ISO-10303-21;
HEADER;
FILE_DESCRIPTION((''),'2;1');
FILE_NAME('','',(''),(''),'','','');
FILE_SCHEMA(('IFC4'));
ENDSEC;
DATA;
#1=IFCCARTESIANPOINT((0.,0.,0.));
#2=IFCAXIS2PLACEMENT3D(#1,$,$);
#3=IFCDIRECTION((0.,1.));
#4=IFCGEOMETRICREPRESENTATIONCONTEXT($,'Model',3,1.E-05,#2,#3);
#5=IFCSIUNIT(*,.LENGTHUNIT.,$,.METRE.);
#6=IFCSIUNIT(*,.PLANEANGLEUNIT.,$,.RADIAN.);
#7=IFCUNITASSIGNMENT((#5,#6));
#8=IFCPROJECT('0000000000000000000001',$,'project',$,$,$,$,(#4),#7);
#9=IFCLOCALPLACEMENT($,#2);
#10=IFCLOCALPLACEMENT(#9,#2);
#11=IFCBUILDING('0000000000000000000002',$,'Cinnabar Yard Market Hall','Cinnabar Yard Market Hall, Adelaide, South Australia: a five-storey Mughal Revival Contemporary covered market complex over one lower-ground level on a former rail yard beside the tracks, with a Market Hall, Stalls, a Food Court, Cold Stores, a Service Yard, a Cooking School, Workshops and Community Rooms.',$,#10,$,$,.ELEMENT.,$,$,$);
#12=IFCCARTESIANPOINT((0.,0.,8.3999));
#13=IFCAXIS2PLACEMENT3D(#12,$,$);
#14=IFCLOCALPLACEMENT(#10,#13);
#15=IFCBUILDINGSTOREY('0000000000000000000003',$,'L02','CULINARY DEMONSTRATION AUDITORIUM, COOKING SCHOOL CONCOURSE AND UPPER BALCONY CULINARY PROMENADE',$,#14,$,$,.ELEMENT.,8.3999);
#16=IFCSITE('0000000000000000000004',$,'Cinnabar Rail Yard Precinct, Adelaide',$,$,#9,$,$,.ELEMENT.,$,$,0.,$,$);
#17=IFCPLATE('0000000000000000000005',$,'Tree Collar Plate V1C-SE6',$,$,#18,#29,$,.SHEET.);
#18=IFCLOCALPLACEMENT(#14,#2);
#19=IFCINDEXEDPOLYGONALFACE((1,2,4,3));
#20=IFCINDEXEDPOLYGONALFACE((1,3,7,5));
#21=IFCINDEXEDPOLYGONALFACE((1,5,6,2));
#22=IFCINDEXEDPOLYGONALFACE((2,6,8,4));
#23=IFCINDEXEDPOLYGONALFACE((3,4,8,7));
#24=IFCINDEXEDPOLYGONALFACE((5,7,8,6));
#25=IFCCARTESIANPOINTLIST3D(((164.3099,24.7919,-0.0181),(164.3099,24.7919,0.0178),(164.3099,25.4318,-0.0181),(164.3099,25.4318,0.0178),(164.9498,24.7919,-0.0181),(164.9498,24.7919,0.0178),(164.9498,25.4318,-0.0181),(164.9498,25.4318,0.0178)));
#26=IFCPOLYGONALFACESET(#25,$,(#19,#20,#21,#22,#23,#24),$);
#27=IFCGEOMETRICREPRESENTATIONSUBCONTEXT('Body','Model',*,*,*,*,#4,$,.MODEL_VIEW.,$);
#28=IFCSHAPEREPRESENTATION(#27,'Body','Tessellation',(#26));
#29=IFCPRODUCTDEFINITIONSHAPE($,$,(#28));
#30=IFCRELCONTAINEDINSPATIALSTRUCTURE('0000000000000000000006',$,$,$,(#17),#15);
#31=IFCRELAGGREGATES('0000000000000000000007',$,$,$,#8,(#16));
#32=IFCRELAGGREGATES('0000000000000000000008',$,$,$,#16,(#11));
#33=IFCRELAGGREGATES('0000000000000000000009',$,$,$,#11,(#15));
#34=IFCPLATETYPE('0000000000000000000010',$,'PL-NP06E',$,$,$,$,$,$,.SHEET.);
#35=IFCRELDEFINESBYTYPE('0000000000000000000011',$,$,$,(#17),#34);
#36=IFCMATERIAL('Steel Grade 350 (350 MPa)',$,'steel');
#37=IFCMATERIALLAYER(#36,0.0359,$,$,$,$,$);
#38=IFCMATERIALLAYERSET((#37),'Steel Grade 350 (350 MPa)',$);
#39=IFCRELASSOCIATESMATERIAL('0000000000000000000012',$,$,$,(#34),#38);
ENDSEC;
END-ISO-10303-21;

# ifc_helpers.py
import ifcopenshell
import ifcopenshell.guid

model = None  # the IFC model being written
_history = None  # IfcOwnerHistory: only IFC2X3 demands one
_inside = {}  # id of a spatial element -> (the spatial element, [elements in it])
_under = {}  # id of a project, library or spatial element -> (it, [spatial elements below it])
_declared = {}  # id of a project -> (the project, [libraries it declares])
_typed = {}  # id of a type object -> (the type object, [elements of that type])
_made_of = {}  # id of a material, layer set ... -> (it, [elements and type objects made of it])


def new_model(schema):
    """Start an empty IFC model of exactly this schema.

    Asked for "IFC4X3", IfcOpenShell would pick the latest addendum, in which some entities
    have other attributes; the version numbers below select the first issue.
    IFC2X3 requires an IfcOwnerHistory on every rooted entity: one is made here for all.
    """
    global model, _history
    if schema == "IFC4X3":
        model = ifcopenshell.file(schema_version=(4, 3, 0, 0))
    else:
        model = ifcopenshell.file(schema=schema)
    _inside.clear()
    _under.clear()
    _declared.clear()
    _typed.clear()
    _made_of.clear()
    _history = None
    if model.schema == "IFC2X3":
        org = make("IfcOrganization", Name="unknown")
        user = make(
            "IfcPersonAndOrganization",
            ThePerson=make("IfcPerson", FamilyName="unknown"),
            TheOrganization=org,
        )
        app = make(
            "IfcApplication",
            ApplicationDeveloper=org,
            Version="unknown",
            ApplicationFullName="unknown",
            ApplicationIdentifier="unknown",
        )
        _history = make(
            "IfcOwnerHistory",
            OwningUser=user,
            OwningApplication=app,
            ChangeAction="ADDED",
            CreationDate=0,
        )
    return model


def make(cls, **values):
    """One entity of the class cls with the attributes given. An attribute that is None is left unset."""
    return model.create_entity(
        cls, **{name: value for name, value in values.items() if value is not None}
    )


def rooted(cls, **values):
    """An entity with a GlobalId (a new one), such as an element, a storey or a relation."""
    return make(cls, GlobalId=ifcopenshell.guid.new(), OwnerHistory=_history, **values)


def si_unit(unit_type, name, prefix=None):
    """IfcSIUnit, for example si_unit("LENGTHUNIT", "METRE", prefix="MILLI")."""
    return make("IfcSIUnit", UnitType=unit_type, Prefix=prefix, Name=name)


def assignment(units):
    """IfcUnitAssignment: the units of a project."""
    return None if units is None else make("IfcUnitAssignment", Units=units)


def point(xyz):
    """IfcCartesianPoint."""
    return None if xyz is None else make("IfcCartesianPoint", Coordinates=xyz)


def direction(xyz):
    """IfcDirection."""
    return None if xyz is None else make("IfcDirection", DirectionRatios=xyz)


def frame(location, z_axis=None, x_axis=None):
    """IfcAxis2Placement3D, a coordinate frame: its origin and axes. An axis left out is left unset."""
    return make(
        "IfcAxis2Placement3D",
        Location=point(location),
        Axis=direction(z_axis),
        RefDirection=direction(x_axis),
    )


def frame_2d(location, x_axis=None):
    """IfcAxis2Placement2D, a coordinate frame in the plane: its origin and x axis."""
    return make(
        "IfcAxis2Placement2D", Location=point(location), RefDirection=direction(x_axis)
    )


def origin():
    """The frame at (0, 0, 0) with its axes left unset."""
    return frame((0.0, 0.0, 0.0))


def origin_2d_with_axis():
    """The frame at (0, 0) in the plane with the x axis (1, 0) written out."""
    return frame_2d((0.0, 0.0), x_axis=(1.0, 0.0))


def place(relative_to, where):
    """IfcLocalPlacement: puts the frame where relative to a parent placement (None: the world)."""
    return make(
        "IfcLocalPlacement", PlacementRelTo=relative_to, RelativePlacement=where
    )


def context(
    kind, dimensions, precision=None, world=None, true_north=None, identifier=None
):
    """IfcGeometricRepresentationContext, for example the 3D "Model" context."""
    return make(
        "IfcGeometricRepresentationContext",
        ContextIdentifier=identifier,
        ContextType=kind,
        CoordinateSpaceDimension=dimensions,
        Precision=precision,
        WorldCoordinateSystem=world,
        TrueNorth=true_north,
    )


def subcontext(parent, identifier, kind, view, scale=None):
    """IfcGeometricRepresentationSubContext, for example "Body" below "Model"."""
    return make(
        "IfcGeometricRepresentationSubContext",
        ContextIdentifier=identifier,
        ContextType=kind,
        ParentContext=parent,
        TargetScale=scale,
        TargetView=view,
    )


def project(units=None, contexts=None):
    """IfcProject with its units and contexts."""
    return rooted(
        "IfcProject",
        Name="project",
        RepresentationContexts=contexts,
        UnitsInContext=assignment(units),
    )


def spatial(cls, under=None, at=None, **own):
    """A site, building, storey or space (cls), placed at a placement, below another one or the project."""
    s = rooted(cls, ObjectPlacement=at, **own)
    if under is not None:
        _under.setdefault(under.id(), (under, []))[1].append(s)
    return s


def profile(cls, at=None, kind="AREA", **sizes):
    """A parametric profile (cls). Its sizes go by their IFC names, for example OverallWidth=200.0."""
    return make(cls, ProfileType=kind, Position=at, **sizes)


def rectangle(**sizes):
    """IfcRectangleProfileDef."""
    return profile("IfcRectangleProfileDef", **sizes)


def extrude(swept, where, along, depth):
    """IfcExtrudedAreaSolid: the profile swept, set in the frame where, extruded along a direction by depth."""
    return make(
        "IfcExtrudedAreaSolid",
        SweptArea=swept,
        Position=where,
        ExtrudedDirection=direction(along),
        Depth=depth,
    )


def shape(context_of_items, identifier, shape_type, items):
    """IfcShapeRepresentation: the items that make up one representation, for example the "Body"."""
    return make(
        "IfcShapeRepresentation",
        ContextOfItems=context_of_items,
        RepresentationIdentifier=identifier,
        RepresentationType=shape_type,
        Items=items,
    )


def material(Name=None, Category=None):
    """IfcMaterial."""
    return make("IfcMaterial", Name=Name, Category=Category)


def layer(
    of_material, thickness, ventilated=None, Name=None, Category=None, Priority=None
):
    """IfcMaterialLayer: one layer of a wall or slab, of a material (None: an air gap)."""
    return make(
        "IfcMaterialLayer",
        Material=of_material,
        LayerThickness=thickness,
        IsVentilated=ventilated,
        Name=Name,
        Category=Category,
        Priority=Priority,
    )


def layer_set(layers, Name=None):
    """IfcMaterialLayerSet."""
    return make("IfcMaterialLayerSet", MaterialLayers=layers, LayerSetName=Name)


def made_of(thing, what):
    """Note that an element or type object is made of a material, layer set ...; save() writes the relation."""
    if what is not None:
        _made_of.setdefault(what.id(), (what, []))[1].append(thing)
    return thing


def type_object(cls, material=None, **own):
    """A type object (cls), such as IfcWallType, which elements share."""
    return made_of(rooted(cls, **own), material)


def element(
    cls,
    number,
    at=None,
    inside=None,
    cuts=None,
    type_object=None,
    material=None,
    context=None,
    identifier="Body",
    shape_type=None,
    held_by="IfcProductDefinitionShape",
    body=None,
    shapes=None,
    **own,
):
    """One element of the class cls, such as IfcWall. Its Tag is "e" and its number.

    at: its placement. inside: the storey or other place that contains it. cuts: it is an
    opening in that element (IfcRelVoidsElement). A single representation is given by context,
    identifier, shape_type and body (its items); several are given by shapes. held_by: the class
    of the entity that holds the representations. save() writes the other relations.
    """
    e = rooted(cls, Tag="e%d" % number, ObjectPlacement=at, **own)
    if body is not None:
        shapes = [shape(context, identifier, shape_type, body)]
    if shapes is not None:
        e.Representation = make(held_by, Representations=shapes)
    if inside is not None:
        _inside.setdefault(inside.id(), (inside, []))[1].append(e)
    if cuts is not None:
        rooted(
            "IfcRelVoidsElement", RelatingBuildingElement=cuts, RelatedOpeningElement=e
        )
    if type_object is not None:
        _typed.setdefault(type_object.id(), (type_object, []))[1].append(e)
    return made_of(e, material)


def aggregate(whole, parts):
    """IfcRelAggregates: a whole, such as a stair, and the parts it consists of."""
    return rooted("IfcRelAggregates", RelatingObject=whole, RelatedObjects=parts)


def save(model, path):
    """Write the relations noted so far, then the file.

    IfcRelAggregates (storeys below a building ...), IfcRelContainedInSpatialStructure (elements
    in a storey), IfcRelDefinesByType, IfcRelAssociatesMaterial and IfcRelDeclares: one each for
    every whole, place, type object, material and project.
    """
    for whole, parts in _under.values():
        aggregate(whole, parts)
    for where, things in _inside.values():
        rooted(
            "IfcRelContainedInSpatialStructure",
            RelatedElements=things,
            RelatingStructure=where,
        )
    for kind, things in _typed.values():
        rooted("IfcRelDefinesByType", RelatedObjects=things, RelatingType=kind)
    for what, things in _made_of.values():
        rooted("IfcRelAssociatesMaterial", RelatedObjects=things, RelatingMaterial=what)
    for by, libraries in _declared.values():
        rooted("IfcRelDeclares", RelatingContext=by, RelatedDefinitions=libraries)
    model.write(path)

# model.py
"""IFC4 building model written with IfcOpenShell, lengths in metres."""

from ifc_helpers import new_model, si_unit, direction, frame, origin, origin_2d_with_axis, place, context, subcontext, project, spatial, rectangle, extrude, material, layer, layer_set, type_object, element, save


model = new_model("IFC4")

# Units and contexts
model_context = context("Model", 3, precision=1e-05, world=origin(), true_north=direction((0.0, 1.0)))
body_context = subcontext(model_context, "Body", "Model", "MODEL_VIEW")
ifc_project = project(units=[si_unit("LENGTHUNIT", "METRE"), si_unit("PLANEANGLEUNIT", "RADIAN")], contexts=[model_context])

# Site, building, storey
site_placement = place(None, origin())
site = spatial("IfcSite", under=ifc_project, at=site_placement, Name="Cinnabar Rail Yard Precinct, Adelaide", CompositionType="ELEMENT", RefElevation=0.0)
building_placement = place(site_placement, origin())
building = spatial("IfcBuilding", under=site, at=building_placement, Name="Cinnabar Yard Market Hall", Description="Cinnabar Yard Market Hall, Adelaide, South Australia: a five-storey Mughal Revival Contemporary covered market complex over one lower-ground level on a former rail yard beside the tracks, with a Market Hall, Stalls, a Food Court, Cold Stores, a Service Yard, a Cooking School, Workshops and Community Rooms.", CompositionType="ELEMENT")
storey_placement = place(building_placement, frame((0.0, 0.0, 8.3999)))
storey = spatial("IfcBuildingStorey", under=building, at=storey_placement, Name="L02", Description="CULINARY DEMONSTRATION AUDITORIUM, COOKING SCHOOL CONCOURSE AND UPPER BALCONY CULINARY PROMENADE", CompositionType="ELEMENT", Elevation=8.3999)

# Plate
ifc_material_1 = material(Name="Steel Grade 350 (350 MPa)", Category="steel")
ifc_layer_1 = layer(ifc_material_1, 0.0359)
ifc_layer_set_1 = layer_set([ifc_layer_1], Name="Steel Grade 350 (350 MPa)")
plate_type_1 = type_object("IfcPlateType", Name="PL-NP06E", PredefinedType="SHEET", material=ifc_layer_set_1)
plate_1_placement = place(storey_placement, frame((164.6299, 25.1118, -0.0181), z_axis=(0.0, 0.0, 1.0), x_axis=(1.0, 0.0, 0.0)))
element("IfcPlate", 1, at=plate_1_placement, inside=storey, type_object=plate_type_1, Name="Tree Collar Plate V1C-SE6", PredefinedType="SHEET", context=body_context, shape_type="SweptSolid", body=[
    extrude(rectangle(XDim=0.6399, YDim=0.6399, at=origin_2d_with_axis()), origin(), (0.0, 0.0, 1.0), 0.0359),
])

save(model, "model.ifc")
